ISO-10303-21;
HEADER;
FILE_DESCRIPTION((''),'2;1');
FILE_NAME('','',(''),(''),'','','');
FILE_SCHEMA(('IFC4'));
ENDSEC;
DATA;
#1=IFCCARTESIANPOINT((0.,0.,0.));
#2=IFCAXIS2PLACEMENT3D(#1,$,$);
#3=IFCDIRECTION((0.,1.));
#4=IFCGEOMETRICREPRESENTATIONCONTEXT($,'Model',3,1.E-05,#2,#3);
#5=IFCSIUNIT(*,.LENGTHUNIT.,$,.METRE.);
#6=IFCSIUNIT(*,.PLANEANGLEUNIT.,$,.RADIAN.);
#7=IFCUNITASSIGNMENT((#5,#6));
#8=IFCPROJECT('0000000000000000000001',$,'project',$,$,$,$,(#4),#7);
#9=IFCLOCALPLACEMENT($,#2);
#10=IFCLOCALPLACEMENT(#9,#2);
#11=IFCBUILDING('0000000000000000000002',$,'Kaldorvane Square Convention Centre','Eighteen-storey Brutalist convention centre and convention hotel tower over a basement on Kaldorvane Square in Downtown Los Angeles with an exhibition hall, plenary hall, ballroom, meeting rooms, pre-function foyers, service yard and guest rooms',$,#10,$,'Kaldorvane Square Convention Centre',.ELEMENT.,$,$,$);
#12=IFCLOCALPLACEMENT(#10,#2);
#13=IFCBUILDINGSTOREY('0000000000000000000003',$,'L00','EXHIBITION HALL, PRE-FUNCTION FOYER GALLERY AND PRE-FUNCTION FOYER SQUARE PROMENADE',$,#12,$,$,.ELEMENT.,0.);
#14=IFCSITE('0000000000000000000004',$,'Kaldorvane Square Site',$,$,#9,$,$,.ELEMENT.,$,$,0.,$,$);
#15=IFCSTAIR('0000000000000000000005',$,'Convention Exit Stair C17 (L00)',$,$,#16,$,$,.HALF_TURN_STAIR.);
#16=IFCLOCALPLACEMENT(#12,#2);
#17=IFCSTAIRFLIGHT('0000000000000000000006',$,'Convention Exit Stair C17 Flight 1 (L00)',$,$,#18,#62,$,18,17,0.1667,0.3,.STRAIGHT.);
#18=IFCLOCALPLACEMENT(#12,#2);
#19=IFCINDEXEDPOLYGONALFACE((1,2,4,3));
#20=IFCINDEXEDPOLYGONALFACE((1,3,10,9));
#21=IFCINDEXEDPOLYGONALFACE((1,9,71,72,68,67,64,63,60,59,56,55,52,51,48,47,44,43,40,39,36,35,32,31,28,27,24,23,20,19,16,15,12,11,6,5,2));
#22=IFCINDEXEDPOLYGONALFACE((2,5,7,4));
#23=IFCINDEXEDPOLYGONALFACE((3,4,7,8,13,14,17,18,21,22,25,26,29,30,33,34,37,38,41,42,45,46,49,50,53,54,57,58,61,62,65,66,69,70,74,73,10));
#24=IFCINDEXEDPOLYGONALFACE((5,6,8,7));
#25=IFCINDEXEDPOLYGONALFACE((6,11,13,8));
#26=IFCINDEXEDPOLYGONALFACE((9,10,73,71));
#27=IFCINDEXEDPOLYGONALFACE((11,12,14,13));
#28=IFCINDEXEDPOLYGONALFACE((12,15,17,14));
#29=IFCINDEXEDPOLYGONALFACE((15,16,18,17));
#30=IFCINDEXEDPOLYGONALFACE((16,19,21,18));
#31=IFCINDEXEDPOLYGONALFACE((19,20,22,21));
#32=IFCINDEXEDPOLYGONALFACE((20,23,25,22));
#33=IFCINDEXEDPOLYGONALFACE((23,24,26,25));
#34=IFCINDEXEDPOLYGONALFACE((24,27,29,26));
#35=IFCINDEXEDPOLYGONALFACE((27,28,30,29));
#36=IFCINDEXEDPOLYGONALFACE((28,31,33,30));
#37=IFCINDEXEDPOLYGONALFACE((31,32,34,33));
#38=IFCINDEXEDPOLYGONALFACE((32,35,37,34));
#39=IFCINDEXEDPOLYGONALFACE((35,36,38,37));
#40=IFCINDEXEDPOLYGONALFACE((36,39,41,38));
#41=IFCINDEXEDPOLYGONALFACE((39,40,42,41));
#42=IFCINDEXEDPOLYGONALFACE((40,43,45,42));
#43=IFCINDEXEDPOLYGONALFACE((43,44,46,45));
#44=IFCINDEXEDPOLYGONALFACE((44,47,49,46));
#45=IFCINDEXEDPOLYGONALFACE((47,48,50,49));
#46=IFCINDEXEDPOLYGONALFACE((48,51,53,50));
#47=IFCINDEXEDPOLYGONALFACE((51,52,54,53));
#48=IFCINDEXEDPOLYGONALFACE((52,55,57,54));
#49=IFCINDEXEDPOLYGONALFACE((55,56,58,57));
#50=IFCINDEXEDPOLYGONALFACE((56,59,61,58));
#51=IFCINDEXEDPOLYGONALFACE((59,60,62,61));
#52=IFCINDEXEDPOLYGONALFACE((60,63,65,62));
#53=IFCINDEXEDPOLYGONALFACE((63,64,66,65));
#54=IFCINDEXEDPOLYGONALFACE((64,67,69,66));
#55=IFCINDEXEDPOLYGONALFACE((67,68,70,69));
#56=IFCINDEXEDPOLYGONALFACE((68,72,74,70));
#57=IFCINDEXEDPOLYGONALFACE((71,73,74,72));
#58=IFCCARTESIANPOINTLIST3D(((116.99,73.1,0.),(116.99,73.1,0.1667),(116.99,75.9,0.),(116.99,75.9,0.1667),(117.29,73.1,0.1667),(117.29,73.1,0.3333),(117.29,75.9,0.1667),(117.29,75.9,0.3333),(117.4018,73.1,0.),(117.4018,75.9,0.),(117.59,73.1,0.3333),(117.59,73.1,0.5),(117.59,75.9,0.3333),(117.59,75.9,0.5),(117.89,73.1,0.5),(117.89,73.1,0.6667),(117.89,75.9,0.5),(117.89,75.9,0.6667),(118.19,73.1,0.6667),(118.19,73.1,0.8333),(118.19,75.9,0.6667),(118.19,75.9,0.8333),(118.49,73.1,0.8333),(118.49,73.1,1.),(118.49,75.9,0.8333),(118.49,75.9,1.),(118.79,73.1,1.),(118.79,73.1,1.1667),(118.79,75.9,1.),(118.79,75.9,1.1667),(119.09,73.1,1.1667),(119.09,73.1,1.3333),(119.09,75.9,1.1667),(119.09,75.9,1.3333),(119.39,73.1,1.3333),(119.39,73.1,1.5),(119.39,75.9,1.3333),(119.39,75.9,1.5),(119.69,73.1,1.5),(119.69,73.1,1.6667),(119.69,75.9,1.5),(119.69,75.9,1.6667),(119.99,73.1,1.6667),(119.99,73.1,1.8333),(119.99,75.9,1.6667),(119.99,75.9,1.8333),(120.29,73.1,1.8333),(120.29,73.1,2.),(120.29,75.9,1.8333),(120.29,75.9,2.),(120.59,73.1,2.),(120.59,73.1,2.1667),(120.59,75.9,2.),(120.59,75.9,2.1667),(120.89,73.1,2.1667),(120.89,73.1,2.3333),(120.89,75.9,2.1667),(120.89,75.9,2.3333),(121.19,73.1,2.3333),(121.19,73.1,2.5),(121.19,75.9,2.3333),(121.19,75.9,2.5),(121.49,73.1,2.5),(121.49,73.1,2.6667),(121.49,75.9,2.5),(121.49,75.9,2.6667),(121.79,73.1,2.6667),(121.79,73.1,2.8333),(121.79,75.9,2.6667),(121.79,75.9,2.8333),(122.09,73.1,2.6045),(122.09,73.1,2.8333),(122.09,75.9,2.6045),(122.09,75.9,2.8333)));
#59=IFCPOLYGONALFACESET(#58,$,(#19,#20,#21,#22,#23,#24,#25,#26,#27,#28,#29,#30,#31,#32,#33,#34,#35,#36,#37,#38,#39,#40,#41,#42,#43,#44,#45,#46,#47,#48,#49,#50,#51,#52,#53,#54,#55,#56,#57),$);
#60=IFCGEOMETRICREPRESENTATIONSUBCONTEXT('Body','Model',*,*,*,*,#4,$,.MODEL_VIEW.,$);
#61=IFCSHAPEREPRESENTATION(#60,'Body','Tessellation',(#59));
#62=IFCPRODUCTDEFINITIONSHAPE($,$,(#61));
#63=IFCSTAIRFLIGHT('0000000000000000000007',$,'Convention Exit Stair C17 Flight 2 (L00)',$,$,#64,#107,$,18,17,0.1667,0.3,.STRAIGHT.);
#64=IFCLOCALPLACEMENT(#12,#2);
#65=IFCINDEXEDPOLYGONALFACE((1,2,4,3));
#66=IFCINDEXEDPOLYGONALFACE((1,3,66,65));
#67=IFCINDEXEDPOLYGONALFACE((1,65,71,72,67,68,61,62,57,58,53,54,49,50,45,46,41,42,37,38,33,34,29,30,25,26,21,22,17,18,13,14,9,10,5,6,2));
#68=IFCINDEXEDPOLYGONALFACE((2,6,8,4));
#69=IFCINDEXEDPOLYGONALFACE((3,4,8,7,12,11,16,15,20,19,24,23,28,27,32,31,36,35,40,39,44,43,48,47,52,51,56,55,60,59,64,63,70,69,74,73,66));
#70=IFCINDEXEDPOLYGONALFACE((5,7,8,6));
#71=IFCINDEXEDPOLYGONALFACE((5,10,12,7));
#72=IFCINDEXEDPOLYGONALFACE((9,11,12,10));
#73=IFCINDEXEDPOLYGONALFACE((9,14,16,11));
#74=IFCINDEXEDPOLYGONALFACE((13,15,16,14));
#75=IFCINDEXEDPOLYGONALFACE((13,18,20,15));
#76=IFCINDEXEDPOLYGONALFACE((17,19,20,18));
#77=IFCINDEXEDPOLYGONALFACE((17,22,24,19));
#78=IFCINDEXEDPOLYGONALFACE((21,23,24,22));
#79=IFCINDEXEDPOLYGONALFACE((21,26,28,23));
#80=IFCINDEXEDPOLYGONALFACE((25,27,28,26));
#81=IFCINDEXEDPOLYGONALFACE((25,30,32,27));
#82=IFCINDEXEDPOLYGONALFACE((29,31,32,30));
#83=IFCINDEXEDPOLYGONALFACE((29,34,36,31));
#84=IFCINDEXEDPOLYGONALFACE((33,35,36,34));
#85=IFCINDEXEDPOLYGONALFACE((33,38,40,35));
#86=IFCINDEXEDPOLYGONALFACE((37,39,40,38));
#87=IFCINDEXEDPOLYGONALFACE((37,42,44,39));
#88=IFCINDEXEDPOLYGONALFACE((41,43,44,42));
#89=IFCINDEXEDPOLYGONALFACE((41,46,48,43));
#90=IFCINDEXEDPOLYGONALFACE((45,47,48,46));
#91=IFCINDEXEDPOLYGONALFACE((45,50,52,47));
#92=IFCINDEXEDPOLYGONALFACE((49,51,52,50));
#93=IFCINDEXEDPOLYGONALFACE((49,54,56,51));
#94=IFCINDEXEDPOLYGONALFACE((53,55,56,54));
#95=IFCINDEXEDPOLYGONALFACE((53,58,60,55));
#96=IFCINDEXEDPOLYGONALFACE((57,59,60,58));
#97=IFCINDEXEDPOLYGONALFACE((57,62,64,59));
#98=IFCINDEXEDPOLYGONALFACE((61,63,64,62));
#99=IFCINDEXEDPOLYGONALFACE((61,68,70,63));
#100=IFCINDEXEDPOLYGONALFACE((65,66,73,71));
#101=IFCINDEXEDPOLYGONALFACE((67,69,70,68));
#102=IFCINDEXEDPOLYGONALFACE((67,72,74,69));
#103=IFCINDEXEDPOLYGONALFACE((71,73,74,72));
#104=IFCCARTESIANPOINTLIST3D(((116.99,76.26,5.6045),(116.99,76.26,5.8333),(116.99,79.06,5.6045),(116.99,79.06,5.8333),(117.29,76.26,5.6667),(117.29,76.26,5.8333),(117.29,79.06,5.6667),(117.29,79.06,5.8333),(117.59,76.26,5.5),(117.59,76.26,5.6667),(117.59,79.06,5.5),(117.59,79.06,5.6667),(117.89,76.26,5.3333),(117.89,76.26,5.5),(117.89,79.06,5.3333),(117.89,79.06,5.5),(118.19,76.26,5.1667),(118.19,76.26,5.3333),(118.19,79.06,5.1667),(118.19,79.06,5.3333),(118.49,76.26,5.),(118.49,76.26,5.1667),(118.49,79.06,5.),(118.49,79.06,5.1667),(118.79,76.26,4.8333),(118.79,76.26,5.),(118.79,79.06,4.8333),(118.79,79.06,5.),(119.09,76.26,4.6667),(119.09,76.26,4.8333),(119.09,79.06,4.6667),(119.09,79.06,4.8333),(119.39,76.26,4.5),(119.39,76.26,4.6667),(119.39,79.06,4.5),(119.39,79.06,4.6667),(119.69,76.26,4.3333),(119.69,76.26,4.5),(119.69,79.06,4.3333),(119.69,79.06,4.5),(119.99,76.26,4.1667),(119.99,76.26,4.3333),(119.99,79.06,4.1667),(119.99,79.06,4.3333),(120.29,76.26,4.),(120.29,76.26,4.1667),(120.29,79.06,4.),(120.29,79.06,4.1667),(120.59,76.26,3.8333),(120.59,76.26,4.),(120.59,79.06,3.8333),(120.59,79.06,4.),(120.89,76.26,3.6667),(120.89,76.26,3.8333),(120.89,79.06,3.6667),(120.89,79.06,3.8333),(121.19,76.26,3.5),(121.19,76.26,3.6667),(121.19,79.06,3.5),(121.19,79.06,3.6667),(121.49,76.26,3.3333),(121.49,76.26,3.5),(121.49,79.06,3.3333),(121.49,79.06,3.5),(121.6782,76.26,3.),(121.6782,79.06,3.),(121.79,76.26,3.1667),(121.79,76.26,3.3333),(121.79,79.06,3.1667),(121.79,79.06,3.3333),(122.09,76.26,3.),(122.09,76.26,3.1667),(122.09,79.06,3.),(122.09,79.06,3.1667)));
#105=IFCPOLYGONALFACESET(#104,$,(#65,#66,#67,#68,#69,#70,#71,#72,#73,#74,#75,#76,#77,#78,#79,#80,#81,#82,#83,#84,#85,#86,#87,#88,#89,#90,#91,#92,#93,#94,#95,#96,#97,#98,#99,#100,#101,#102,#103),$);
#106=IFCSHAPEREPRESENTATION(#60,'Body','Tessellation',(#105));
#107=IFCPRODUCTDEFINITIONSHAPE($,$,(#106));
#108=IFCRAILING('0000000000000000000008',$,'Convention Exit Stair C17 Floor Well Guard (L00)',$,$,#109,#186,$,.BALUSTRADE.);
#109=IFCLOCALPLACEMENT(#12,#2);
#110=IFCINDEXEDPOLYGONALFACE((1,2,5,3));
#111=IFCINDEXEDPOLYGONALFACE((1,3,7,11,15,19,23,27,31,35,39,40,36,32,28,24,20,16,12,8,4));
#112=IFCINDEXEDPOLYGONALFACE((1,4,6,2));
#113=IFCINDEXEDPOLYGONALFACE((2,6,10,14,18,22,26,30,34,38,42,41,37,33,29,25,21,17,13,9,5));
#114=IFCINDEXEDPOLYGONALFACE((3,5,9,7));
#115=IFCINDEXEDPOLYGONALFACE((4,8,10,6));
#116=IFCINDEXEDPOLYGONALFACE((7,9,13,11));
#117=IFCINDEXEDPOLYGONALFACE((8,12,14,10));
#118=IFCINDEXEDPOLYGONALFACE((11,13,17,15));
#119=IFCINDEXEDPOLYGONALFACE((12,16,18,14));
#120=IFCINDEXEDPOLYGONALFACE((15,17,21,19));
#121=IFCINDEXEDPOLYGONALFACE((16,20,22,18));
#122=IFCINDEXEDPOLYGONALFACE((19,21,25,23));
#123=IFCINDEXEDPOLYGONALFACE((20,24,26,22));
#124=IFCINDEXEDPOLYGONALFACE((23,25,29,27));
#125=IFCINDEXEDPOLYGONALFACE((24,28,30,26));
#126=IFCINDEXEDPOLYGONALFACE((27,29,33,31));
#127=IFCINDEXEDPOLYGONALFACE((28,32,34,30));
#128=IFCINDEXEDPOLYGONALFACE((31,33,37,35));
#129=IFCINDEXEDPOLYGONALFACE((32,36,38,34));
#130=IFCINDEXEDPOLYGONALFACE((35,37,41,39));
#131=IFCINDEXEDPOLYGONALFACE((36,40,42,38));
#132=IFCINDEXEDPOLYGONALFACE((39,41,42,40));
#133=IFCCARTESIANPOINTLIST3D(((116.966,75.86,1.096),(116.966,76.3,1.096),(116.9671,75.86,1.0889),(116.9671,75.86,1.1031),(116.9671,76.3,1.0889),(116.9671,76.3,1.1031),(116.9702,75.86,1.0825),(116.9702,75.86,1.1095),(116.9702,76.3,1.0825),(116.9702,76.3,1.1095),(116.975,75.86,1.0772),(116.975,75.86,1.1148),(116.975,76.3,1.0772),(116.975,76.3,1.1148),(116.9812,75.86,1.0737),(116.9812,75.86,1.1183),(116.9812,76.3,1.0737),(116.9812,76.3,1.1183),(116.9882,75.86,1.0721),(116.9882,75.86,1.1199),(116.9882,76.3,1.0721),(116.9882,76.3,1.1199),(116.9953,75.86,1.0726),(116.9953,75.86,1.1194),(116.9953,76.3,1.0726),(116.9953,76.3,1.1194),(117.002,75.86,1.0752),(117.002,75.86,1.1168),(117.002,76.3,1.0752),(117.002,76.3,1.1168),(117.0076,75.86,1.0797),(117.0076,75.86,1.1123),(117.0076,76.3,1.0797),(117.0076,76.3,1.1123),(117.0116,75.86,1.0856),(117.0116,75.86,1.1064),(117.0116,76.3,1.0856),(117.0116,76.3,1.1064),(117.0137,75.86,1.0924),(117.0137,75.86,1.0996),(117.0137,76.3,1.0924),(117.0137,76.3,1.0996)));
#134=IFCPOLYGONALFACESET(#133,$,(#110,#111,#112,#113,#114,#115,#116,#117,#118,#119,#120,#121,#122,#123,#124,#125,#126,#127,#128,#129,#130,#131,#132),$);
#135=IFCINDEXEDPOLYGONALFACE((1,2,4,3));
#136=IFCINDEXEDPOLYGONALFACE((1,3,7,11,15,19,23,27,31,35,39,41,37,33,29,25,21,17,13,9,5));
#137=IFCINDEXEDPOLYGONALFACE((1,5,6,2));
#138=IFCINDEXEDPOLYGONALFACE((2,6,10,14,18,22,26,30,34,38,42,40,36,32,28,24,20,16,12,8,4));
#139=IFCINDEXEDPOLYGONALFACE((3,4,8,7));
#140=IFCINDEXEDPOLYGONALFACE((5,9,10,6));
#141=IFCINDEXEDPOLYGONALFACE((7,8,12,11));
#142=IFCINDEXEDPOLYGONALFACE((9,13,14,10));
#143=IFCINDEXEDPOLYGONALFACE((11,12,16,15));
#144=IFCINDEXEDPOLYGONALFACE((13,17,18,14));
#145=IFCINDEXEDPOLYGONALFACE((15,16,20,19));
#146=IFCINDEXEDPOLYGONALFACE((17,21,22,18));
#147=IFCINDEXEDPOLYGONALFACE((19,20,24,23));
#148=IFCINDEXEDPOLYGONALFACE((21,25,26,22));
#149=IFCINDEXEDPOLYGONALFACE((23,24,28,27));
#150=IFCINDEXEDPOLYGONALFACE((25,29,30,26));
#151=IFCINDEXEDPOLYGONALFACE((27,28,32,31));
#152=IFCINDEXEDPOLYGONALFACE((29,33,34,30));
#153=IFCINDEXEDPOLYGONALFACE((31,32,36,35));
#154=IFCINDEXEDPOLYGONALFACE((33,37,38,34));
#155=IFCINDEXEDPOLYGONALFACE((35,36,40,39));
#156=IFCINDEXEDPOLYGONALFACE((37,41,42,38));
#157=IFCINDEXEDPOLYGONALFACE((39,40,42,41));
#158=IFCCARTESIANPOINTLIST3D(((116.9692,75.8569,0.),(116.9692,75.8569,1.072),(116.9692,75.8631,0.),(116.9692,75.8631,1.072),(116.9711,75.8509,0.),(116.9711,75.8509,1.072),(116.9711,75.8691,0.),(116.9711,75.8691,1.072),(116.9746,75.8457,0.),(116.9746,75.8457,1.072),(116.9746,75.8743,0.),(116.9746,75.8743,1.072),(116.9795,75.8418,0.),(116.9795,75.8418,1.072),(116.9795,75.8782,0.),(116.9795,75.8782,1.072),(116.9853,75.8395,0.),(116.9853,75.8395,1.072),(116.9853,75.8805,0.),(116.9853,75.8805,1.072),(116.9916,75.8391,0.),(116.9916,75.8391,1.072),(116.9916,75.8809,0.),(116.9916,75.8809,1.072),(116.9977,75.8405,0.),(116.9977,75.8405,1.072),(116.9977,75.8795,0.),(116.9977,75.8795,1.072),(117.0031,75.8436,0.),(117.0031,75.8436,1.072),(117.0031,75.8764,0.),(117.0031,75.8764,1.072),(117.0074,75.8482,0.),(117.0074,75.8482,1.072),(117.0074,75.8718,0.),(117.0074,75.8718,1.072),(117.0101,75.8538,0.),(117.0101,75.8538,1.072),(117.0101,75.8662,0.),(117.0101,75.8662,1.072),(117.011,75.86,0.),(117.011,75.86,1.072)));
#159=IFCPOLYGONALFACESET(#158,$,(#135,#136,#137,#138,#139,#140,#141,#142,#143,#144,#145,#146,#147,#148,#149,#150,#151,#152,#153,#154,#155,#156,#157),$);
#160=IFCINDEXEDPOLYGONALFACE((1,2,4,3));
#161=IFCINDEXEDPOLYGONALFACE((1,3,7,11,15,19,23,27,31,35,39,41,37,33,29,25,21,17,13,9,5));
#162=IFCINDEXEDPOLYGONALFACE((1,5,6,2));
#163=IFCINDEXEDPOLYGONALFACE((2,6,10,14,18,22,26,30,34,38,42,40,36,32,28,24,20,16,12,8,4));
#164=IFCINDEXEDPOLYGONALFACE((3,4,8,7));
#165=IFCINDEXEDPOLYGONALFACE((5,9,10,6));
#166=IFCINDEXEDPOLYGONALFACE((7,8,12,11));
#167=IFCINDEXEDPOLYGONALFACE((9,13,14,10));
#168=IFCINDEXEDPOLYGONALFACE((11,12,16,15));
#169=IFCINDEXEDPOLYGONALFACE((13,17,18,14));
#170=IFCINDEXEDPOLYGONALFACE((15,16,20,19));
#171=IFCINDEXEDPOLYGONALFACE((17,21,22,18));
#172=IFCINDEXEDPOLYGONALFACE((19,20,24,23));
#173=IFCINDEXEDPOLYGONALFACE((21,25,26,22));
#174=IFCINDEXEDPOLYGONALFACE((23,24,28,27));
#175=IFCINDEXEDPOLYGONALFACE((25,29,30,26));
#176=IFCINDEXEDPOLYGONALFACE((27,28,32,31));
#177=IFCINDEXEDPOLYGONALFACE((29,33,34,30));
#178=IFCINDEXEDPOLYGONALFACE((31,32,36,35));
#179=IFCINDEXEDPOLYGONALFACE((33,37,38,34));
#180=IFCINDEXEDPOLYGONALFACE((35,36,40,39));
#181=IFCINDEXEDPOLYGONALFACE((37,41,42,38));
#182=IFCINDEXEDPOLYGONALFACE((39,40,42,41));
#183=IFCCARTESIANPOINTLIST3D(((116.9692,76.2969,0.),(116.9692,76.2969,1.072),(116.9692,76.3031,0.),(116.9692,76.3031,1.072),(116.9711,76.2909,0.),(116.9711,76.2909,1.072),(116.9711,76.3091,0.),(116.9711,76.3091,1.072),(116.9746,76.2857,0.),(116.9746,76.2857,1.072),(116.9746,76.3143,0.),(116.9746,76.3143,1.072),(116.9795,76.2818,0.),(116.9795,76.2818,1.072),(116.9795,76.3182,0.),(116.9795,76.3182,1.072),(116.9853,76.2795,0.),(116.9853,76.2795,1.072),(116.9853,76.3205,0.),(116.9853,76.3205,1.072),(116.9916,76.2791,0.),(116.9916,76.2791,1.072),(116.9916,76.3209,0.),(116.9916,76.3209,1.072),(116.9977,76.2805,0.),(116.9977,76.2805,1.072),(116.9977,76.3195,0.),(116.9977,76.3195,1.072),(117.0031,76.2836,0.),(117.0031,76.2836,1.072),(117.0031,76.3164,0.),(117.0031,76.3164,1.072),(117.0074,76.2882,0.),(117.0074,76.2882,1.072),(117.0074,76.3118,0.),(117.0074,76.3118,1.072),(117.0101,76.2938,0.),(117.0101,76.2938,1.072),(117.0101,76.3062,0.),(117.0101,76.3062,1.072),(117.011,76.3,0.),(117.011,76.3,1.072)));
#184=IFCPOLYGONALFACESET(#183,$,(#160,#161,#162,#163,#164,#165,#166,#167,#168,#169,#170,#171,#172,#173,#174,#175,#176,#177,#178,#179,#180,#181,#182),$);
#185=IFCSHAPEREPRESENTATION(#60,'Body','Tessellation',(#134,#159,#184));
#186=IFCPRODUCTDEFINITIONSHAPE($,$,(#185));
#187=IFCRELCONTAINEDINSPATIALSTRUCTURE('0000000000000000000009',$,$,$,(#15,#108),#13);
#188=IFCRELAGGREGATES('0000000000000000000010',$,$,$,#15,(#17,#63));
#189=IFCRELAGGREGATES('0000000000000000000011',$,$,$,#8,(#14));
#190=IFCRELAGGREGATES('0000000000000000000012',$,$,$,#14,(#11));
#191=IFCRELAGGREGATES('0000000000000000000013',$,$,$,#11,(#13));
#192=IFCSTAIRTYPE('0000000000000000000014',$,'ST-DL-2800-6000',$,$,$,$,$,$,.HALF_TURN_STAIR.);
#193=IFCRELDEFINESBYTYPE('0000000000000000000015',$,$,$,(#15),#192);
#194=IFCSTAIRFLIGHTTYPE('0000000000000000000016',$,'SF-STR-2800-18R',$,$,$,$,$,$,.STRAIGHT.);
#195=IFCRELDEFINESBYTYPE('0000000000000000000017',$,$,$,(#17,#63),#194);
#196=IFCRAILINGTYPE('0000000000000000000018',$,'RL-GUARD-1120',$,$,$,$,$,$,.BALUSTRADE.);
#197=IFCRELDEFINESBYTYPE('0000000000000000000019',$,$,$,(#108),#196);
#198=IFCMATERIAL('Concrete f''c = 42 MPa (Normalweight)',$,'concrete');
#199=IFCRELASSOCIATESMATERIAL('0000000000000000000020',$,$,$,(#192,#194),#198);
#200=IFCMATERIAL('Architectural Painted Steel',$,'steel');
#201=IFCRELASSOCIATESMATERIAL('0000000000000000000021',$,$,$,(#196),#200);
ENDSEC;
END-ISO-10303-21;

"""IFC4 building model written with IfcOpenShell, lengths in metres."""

from ifc_helpers import new_model, si_unit, direction, frame, origin, origin_2d, place, context, subcontext, project, spatial, polyline, circle, outline, extrude, material, type_object, element, aggregate, save


model = new_model("IFC4")

# Units and contexts
model_context = context("Model", 3, precision=1e-05, world=origin(), true_north=direction((0.0, 1.0)))
body_context = subcontext(model_context, "Body", "Model", "MODEL_VIEW")
ifc_project = project(units=[si_unit("LENGTHUNIT", "METRE"), si_unit("PLANEANGLEUNIT", "RADIAN")], contexts=[model_context])

# Site, building, storey
site_placement = place(None, origin())
site = spatial("IfcSite", under=ifc_project, at=site_placement, Name="Kaldorvane Square Site", CompositionType="ELEMENT", RefElevation=0.0)
building_placement = place(site_placement, origin())
building = spatial("IfcBuilding", under=site, at=building_placement, Name="Kaldorvane Square Convention Centre", Description="Eighteen-storey Brutalist convention centre and convention hotel tower over a basement on Kaldorvane Square in Downtown Los Angeles with an exhibition hall, plenary hall, ballroom, meeting rooms, pre-function foyers, service yard and guest rooms", LongName="Kaldorvane Square Convention Centre", CompositionType="ELEMENT")
storey_placement = place(building_placement, origin())
storey = spatial("IfcBuildingStorey", under=building, at=storey_placement, Name="L00", Description="EXHIBITION HALL, PRE-FUNCTION FOYER GALLERY AND PRE-FUNCTION FOYER SQUARE PROMENADE", CompositionType="ELEMENT", Elevation=0.0)

# Stair, stair flights
ifc_material_1 = material(Name="Concrete f'c = 42 MPa (Normalweight)", Category="concrete")
stair_type = type_object("IfcStairType", Name="ST-DL-2800-6000", PredefinedType="HALF_TURN_STAIR", material=ifc_material_1)
stair_placement = place(storey_placement, origin())
stair = element("IfcStair", 1, at=stair_placement, inside=storey, type_object=stair_type, Name="Convention Exit Stair C17 (L00)", PredefinedType="HALF_TURN_STAIR")
stair_flight_type = type_object("IfcStairFlightType", Name="SF-STR-2800-18R", PredefinedType="STRAIGHT", material=ifc_material_1)
stair_flight_1_placement = place(storey_placement, frame((116.99, 74.5, 0.0), z_axis=(0.0, 0.0, 1.0), x_axis=(1.0, 0.0, 0.0)))
stair_flight_1 = element("IfcStairFlight", 2, at=stair_flight_1_placement, type_object=stair_flight_type, Name="Convention Exit Stair C17 Flight 1 (L00)", NumberOfRisers=18, NumberOfTreads=17, PredefinedType="STRAIGHT", RiserHeight=0.1667, TreadLength=0.3, context=body_context, shape_type="SweptSolid", body=[
    extrude(outline(polyline([(0.0, 0.0), (0.0, 0.1667), (0.3, 0.1667), (0.3, 0.3333), (0.6, 0.3333), (0.6, 0.5), (0.9, 0.5), (0.9, 0.6667), (1.2, 0.6667), (1.2, 0.8333), (1.5, 0.8333), (1.5, 1.0), (1.8, 1.0), (1.8, 1.1667), (2.1, 1.1667), (2.1, 1.3333), (2.4, 1.3333), (2.4, 1.5), (2.7, 1.5), (2.7, 1.6667), (3.0, 1.6667), (3.0, 1.8333), (3.3, 1.8333), (3.3, 2.0), (3.6, 2.0), (3.6, 2.1667), (3.9, 2.1667), (3.9, 2.3333), (4.2, 2.3333), (4.2, 2.5), (4.5, 2.5), (4.5, 2.6667), (4.8, 2.6667), (4.8, 2.8333), (5.1, 2.8333), (5.1, 3.0), (5.1, 2.6045), (0.4118, 0.0), (0.0, 0.0)])), frame((0.0, 1.4, 0.0), z_axis=(0.0, -1.0, 0.0), x_axis=(1.0, 0.0, 0.0)), (0.0, 0.0, 1.0), 2.8),
])
stair_flight_2_placement = place(storey_placement, frame((122.09, 77.66, 3.0), z_axis=(0.0, 0.0, 1.0), x_axis=(-1.0, 0.0, 0.0)))
stair_flight_2 = element("IfcStairFlight", 3, at=stair_flight_2_placement, type_object=stair_flight_type, Name="Convention Exit Stair C17 Flight 2 (L00)", NumberOfRisers=18, NumberOfTreads=17, PredefinedType="STRAIGHT", RiserHeight=0.1667, TreadLength=0.3, context=body_context, shape_type="SweptSolid", body=[
    extrude(outline(polyline([(0.0, 0.0), (0.0, 0.1667), (0.3, 0.1667), (0.3, 0.3333), (0.6, 0.3333), (0.6, 0.5), (0.9, 0.5), (0.9, 0.6667), (1.2, 0.6667), (1.2, 0.8333), (1.5, 0.8333), (1.5, 1.0), (1.8, 1.0), (1.8, 1.1667), (2.1, 1.1667), (2.1, 1.3333), (2.4, 1.3333), (2.4, 1.5), (2.7, 1.5), (2.7, 1.6667), (3.0, 1.6667), (3.0, 1.8333), (3.3, 1.8333), (3.3, 2.0), (3.6, 2.0), (3.6, 2.1667), (3.9, 2.1667), (3.9, 2.3333), (4.2, 2.3333), (4.2, 2.5), (4.5, 2.5), (4.5, 2.6667), (4.8, 2.6667), (4.8, 2.8333), (5.1, 2.8333), (5.1, 3.0), (5.1, 2.6045), (0.4118, 0.0), (0.0, 0.0)])), frame((0.0, 1.4, 0.0), z_axis=(0.0, -1.0, 0.0), x_axis=(1.0, 0.0, 0.0)), (0.0, 0.0, 1.0), 2.8),
])
aggregate(stair, [stair_flight_1, stair_flight_2])

# Railing
ifc_material_2 = material(Name="Architectural Painted Steel", Category="steel")
railing_type_1 = type_object("IfcRailingType", Name="RL-GUARD-1120", PredefinedType="BALUSTRADE", material=ifc_material_2)
for number, where, name in (
    (4, (116.99, 75.86, 0.0), "Convention Exit Stair C17 Floor Well Guard (L00)"),
):
    element("IfcRailing", number, at=place(storey_placement, frame(where)), inside=storey, type_object=railing_type_1, Name=name, PredefinedType="BALUSTRADE", context=body_context, shape_type="SweptSolid", body=[
        extrude(circle(Radius=0.024, at=origin_2d()), frame((0.0, 0.0, 1.096), z_axis=(0.0, 1.0, 0.0), x_axis=(-1.0, 0.0, 0.0)), (0.0, 0.0, 1.0), 0.44),
        extrude(circle(Radius=0.021, at=origin_2d()), origin(), (0.0, 0.0, 1.0), 1.072),
        extrude(circle(Radius=0.021, at=origin_2d()), frame((0.0, 0.44, 0.0)), (0.0, 0.0, 1.0), 1.072),
    ])

save(model, "model.ifc")
